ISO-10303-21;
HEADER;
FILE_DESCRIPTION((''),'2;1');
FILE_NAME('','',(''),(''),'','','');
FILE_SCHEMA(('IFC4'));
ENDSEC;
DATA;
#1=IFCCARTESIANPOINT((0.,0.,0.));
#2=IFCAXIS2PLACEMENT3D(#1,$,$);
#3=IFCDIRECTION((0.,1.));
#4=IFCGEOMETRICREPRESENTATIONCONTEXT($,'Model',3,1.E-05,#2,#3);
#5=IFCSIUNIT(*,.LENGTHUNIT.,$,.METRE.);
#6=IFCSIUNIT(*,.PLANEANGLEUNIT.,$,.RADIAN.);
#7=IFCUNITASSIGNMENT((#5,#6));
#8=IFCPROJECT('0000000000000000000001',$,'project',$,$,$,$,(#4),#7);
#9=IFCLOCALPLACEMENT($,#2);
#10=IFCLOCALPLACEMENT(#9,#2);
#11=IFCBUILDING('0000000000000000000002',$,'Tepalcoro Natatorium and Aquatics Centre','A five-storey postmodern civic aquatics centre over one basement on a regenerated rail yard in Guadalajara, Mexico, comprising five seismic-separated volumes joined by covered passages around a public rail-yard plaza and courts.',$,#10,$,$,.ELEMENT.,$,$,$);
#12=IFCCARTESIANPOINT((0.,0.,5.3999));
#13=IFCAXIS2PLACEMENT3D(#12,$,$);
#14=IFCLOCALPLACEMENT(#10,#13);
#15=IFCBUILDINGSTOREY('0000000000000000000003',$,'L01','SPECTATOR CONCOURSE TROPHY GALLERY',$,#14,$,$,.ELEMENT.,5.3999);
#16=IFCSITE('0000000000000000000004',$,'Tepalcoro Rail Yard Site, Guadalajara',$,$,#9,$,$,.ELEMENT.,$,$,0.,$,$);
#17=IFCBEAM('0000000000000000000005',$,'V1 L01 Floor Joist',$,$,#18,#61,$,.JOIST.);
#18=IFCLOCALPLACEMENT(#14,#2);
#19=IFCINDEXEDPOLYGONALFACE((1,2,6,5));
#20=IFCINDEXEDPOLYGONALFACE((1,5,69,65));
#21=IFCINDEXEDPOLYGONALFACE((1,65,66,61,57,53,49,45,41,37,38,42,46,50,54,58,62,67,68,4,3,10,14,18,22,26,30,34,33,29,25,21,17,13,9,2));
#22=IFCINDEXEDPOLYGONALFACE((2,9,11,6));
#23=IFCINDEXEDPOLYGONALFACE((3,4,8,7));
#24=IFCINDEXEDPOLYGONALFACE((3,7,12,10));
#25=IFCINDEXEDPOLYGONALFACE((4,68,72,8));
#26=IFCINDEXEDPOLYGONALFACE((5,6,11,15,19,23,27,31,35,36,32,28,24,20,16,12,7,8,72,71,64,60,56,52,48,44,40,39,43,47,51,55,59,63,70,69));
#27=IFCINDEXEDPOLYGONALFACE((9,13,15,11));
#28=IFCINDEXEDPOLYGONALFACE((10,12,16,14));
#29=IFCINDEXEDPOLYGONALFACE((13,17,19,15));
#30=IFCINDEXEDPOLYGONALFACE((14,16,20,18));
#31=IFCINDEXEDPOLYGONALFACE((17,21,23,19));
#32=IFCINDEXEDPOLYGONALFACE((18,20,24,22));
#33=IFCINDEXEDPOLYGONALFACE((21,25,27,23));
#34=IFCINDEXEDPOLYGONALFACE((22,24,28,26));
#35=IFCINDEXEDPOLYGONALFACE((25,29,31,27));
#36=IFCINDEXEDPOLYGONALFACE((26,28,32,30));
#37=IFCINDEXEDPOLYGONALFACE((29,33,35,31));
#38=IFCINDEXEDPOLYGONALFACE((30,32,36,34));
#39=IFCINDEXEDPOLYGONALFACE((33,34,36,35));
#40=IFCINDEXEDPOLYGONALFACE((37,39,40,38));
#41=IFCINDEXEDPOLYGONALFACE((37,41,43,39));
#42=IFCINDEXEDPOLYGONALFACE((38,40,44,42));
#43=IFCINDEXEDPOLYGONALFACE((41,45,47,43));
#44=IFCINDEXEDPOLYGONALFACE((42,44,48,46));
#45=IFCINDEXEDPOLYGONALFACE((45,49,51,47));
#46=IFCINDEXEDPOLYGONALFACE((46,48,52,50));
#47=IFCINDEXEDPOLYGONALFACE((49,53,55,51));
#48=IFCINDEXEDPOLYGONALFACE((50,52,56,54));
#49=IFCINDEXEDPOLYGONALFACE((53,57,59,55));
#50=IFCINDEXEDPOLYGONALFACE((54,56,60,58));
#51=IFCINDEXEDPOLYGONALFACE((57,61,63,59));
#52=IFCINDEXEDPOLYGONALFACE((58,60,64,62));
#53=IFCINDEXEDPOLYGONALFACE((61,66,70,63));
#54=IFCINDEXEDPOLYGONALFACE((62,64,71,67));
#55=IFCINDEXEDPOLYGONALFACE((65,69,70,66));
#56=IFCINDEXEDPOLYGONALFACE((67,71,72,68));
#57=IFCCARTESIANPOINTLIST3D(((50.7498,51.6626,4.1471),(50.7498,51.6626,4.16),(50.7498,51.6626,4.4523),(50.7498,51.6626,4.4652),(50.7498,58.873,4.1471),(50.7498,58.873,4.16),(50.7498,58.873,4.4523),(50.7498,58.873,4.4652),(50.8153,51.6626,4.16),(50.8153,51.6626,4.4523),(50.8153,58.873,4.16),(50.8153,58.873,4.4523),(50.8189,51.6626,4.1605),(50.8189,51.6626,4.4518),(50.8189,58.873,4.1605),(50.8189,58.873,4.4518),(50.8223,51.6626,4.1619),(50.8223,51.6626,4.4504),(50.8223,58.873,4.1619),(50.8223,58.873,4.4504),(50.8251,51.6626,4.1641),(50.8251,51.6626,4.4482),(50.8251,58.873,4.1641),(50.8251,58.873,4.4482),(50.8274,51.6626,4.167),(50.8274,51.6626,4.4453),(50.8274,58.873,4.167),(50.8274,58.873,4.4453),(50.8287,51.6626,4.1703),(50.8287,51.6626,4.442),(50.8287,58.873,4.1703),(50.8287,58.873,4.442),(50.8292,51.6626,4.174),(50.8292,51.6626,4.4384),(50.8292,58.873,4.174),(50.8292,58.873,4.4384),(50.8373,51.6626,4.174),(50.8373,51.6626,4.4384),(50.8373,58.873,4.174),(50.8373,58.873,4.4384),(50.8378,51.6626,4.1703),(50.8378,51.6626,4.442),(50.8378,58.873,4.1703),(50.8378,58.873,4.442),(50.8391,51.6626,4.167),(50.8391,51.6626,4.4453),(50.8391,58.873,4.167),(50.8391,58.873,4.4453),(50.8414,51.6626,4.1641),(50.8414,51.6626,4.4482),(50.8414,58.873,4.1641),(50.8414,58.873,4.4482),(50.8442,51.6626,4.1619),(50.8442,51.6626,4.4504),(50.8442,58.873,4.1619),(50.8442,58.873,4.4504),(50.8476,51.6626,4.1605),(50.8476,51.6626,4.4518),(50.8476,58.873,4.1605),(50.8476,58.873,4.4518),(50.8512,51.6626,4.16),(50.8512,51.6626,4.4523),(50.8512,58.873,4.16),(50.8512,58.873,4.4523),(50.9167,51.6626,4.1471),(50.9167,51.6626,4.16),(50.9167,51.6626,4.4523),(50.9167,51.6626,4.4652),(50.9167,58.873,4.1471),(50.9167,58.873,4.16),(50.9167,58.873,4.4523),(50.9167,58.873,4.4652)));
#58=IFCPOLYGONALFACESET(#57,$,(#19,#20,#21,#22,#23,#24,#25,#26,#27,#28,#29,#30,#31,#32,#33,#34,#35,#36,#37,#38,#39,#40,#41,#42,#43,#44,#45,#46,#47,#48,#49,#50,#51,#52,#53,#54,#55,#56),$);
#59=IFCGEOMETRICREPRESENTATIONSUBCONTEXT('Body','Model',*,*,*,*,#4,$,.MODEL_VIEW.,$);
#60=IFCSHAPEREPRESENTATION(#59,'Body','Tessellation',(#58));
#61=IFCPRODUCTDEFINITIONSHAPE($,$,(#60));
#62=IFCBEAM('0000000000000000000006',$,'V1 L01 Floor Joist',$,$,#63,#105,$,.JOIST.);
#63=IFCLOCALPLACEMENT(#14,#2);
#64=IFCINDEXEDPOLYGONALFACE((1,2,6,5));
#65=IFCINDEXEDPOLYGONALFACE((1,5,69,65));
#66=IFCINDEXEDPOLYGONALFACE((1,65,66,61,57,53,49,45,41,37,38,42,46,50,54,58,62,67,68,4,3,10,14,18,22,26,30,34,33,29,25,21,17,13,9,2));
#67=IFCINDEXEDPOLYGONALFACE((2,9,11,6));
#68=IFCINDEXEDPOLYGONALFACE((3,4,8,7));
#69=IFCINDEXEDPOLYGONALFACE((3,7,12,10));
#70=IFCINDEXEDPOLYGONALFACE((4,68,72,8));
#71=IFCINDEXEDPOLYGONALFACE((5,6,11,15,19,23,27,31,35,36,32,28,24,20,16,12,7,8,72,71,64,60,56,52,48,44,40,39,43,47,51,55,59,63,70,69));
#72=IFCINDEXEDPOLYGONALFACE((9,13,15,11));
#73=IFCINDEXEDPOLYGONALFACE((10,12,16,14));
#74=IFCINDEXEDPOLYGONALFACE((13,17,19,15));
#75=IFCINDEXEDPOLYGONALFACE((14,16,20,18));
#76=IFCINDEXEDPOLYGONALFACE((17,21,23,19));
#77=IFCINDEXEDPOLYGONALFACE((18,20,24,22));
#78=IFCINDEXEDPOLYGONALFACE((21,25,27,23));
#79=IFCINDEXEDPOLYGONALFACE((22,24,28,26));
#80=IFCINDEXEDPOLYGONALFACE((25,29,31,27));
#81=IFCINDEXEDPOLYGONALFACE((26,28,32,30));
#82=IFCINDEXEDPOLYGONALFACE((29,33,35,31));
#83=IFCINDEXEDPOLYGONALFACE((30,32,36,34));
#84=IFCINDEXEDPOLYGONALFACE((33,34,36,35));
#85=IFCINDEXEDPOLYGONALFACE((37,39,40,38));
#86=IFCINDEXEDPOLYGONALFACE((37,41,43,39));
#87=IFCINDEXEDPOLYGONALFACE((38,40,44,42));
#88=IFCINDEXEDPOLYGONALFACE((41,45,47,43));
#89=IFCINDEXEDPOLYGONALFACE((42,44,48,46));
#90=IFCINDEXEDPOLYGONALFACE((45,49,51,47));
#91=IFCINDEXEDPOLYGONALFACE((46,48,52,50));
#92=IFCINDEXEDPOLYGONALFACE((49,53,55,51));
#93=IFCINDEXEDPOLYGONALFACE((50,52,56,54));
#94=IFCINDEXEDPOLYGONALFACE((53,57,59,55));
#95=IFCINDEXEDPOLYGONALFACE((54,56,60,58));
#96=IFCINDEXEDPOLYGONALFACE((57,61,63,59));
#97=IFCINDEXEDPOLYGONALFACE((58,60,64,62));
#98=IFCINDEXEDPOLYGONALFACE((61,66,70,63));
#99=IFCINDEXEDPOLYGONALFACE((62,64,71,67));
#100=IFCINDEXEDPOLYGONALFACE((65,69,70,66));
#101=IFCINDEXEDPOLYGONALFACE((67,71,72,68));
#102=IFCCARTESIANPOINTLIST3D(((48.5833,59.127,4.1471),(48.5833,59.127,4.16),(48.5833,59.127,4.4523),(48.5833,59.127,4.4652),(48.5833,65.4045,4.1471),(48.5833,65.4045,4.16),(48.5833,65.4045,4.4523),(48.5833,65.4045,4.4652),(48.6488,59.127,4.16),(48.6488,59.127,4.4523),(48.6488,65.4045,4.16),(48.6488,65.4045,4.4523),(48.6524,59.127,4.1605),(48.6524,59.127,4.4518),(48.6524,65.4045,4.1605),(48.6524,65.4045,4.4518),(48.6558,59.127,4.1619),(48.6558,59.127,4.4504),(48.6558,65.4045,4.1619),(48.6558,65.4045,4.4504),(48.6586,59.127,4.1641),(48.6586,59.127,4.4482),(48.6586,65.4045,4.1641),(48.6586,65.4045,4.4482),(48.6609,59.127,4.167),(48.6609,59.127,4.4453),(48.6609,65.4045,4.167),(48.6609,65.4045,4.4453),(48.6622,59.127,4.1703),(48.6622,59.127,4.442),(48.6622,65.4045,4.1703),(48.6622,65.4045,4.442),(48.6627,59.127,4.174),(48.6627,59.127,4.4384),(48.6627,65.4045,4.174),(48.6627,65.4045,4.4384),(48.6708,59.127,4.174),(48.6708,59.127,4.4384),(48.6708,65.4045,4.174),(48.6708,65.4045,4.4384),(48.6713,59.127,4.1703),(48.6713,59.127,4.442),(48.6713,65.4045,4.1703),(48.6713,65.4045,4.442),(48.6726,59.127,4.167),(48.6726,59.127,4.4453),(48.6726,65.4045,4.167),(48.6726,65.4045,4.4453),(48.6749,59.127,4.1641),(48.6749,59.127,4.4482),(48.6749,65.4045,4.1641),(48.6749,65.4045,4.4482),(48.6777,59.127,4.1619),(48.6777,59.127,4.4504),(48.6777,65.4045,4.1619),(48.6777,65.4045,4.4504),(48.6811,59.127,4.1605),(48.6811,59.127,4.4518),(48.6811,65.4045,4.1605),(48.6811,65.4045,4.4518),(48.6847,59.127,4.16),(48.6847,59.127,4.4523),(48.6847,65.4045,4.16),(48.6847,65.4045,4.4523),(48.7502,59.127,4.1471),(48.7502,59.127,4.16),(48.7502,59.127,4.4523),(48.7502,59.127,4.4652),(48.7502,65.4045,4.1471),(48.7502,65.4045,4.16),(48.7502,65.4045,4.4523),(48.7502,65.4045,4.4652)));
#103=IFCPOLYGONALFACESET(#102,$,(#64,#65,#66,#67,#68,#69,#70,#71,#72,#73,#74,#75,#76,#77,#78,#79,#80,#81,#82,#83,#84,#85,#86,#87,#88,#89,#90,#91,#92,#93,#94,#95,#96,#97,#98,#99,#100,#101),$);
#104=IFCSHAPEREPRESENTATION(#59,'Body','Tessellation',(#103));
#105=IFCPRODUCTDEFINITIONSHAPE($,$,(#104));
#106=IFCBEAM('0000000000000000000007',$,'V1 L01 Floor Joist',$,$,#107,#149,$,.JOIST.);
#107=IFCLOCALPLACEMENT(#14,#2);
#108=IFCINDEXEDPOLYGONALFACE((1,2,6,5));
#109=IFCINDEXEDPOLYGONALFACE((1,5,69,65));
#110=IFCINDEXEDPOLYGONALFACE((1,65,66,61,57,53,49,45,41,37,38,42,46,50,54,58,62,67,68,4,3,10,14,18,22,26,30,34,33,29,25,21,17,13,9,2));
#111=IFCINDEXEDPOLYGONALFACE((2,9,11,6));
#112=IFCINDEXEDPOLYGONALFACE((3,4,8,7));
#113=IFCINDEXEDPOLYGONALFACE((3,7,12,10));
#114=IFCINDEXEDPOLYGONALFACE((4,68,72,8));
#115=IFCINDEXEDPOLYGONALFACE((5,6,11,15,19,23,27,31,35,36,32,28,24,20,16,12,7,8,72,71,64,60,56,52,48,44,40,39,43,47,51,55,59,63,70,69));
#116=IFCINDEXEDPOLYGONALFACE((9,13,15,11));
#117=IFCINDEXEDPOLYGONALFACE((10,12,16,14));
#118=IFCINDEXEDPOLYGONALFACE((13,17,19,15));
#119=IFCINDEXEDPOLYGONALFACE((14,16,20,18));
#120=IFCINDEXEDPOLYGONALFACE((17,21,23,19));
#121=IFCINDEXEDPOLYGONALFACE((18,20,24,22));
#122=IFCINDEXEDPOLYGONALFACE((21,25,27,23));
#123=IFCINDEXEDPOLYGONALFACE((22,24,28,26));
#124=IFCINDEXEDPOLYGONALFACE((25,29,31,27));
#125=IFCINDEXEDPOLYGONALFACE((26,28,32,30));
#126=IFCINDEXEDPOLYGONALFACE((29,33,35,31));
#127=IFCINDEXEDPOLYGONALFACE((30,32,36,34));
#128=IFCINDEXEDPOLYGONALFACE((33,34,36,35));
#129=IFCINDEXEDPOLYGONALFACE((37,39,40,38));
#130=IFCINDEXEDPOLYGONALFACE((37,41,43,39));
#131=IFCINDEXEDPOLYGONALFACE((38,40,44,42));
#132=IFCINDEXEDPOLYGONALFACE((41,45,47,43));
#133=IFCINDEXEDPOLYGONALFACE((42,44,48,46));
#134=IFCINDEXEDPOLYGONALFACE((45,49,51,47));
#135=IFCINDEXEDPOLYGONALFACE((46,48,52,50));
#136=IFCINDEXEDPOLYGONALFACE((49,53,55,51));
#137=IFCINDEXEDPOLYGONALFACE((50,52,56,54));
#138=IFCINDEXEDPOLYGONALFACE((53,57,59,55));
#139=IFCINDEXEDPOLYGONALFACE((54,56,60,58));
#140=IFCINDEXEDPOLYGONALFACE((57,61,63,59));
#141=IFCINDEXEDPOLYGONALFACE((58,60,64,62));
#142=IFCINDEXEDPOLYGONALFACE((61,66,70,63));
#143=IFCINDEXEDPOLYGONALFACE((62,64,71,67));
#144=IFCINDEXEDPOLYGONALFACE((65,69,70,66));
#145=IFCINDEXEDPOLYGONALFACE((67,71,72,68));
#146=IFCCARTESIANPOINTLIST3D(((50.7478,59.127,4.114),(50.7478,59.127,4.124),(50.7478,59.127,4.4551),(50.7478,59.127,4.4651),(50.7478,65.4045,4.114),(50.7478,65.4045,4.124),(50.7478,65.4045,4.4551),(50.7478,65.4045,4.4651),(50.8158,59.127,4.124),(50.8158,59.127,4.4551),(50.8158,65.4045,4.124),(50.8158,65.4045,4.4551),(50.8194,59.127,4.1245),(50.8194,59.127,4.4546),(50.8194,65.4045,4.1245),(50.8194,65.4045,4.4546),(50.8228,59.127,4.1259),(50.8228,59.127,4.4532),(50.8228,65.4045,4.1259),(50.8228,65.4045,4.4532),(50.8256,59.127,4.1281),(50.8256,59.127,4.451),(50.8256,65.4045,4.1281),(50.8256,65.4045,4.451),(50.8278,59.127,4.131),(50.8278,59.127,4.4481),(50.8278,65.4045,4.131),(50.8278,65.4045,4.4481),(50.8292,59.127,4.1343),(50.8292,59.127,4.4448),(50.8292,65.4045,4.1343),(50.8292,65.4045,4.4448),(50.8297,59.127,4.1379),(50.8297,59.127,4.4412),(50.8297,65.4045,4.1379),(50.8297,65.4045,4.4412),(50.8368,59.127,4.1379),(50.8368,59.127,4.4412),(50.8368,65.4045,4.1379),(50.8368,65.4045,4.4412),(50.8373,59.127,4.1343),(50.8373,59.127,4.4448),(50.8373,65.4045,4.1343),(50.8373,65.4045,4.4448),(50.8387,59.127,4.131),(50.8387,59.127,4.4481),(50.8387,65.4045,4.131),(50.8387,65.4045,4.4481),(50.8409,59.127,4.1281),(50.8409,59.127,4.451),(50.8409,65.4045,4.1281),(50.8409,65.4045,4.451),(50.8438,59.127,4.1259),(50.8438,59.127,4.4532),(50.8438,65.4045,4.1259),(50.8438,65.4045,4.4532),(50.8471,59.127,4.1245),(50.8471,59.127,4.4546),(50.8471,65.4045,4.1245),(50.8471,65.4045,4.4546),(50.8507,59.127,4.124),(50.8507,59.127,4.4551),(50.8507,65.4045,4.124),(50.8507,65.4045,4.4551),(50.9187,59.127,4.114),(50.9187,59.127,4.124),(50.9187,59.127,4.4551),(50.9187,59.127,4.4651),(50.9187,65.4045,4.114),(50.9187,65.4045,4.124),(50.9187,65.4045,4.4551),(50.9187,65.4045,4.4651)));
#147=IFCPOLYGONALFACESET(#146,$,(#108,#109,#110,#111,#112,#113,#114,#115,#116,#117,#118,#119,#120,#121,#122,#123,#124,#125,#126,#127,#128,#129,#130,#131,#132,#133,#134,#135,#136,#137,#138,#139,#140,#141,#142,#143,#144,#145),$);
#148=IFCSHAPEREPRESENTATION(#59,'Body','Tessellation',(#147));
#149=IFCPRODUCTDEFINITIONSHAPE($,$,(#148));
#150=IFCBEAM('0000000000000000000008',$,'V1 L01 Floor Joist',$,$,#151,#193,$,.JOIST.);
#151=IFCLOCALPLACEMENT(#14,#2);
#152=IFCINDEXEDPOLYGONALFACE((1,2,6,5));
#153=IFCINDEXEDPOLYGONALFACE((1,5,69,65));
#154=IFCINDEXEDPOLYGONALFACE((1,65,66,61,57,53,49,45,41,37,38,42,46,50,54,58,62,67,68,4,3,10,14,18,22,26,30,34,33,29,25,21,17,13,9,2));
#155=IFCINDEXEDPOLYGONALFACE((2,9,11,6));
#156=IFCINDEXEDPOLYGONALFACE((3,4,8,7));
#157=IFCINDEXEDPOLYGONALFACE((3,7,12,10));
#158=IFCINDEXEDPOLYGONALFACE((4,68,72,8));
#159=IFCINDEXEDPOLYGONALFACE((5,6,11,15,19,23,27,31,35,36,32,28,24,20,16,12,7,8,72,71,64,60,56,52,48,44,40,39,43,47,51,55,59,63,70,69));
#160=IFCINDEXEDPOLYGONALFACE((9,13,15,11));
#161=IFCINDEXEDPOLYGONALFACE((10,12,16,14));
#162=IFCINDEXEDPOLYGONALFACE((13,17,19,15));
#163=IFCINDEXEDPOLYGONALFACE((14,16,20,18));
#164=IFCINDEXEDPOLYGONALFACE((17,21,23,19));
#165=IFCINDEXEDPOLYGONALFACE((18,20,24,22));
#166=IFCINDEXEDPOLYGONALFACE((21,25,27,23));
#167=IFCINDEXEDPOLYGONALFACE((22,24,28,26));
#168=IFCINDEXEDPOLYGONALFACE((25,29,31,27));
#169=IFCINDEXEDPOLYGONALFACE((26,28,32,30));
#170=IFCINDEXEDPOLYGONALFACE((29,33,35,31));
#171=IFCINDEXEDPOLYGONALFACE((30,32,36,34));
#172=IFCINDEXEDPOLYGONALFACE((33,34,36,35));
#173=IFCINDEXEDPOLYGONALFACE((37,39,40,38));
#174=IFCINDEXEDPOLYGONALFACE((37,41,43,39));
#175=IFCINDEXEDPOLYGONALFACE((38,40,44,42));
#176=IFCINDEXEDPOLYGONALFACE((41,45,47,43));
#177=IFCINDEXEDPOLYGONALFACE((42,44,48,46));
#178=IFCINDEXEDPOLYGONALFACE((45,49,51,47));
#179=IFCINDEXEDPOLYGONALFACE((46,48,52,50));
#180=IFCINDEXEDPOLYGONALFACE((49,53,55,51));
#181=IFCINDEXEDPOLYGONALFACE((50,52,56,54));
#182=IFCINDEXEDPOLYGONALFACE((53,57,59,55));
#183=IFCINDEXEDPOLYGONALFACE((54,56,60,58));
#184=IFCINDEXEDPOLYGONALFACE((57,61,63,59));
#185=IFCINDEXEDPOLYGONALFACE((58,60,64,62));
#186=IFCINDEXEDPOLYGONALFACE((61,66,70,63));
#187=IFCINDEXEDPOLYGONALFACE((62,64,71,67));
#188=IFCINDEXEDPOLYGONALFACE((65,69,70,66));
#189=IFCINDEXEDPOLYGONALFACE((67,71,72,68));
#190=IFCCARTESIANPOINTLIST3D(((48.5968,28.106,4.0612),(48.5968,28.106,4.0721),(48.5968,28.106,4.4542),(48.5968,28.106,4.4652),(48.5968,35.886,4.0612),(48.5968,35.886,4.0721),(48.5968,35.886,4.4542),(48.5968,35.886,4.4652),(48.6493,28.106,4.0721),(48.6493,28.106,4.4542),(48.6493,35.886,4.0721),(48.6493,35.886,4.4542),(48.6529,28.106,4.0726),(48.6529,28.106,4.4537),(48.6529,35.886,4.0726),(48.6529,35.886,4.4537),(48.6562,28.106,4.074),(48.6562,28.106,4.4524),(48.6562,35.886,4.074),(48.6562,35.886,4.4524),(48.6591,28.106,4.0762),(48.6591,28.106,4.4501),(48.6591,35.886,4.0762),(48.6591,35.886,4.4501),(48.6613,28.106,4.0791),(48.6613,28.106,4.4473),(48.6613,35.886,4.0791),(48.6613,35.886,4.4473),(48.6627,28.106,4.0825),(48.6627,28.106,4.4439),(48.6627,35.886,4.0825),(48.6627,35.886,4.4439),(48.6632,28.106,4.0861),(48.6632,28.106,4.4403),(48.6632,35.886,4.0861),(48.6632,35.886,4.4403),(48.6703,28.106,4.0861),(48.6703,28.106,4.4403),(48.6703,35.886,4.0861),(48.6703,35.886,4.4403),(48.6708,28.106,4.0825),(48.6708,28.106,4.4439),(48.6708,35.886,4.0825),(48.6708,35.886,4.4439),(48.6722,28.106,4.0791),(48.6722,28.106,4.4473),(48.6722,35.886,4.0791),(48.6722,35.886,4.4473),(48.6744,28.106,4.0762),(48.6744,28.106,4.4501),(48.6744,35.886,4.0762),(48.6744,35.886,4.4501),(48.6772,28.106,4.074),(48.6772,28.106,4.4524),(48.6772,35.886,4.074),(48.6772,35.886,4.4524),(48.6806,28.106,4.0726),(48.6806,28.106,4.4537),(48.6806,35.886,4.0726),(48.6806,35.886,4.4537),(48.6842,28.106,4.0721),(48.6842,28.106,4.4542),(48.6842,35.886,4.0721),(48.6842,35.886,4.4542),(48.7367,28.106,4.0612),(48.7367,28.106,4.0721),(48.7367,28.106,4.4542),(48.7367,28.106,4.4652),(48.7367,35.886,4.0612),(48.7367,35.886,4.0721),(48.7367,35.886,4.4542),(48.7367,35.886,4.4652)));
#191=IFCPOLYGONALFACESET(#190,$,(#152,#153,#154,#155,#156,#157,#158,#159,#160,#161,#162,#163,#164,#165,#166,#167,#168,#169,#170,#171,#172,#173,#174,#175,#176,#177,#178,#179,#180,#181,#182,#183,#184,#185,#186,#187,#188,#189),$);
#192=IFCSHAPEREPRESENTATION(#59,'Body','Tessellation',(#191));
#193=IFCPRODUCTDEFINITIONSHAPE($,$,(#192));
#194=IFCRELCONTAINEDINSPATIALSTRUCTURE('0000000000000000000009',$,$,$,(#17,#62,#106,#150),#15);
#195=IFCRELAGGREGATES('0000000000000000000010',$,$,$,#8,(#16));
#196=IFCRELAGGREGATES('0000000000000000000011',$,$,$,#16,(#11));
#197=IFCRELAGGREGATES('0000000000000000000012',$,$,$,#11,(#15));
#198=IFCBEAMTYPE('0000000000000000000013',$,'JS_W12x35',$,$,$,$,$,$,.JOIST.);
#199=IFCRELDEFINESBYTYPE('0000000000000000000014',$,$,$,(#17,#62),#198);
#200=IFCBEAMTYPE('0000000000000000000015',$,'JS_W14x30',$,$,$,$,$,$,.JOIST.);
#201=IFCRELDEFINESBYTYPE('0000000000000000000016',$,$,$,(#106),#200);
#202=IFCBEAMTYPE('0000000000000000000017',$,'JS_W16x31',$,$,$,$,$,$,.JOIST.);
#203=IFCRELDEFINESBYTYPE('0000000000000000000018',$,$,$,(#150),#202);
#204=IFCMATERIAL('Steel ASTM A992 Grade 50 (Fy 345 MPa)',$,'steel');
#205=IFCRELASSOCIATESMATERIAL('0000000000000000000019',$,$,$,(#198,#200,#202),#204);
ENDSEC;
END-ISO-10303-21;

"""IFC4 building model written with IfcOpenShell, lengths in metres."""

from ifc_helpers import new_model, si_unit, direction, frame, origin, origin_2d, place, context, subcontext, project, spatial, i_section, extrude, material, material_profile, profile_set, type_object, element, save


model = new_model("IFC4")

# Units and contexts
model_context = context("Model", 3, precision=1e-05, world=origin(), true_north=direction((0.0, 1.0)))
body_context = subcontext(model_context, "Body", "Model", "MODEL_VIEW")
ifc_project = project(units=[si_unit("LENGTHUNIT", "METRE"), si_unit("PLANEANGLEUNIT", "RADIAN")], contexts=[model_context])

# Site, building, storey
site_placement = place(None, origin())
site = spatial("IfcSite", under=ifc_project, at=site_placement, Name="Tepalcoro Rail Yard Site, Guadalajara", CompositionType="ELEMENT", RefElevation=0.0)
building_placement = place(site_placement, origin())
building = spatial("IfcBuilding", under=site, at=building_placement, Name="Tepalcoro Natatorium and Aquatics Centre", Description="A five-storey postmodern civic aquatics centre over one basement on a regenerated rail yard in Guadalajara, Mexico, comprising five seismic-separated volumes joined by covered passages around a public rail-yard plaza and courts.", CompositionType="ELEMENT")
storey_placement = place(building_placement, frame((0.0, 0.0, 5.3999)))
storey = spatial("IfcBuildingStorey", under=building, at=storey_placement, Name="L01", Description="SPECTATOR CONCOURSE TROPHY GALLERY", CompositionType="ELEMENT", Elevation=5.3999)

# Beams
ifc_material_1 = material(Name="Steel ASTM A992 Grade 50 (Fy 345 MPa)", Category="steel")
ifc_material_profile_1 = material_profile(ifc_material_1, i_section(OverallWidth=0.167, OverallDepth=0.3181, WebThickness=0.0081, FlangeThickness=0.0129, FilletRadius=0.0139, at=origin_2d()), Name="W12X35")
ifc_profile_set_1 = profile_set([ifc_material_profile_1], Name="Steel ASTM A992 Grade 50 (Fy 345 MPa)")
beam_type_1 = type_object("IfcBeamType", Name="JS_W12x35", PredefinedType="JOIST", material=ifc_profile_set_1)
beam_1_placement = place(storey_placement, frame((50.8333, 51.6626, 4.3062), z_axis=(0.0, 1.0, 0.0), x_axis=(-1.0, 0.0, 0.0)))
element("IfcBeam", 1, at=beam_1_placement, inside=storey, type_object=beam_type_1, Name="V1 L01 Floor Joist", PredefinedType="JOIST", context=body_context, shape_type="SweptSolid", body=[
    extrude(i_section(OverallWidth=0.167, OverallDepth=0.3181, WebThickness=0.0081, FlangeThickness=0.0129, FilletRadius=0.0139, at=origin_2d()), origin(), (0.0, 0.0, 1.0), 7.2104),
])
beam_2_placement = place(storey_placement, frame((48.6667, 59.127, 4.3062), z_axis=(0.0, 1.0, 0.0), x_axis=(-1.0, 0.0, 0.0)))
element("IfcBeam", 2, at=beam_2_placement, inside=storey, type_object=beam_type_1, Name="V1 L01 Floor Joist", PredefinedType="JOIST", context=body_context, shape_type="SweptSolid", body=[
    extrude(i_section(OverallWidth=0.167, OverallDepth=0.3181, WebThickness=0.0081, FlangeThickness=0.0129, FilletRadius=0.0139, at=origin_2d()), origin(), (0.0, 0.0, 1.0), 6.2776),
])
ifc_material_profile_2 = material_profile(ifc_material_1, i_section(OverallWidth=0.1709, OverallDepth=0.3511, WebThickness=0.0071, FlangeThickness=0.01, FilletRadius=0.0139, at=origin_2d()), Name="W14X30")
ifc_profile_set_2 = profile_set([ifc_material_profile_2], Name="Steel ASTM A992 Grade 50 (Fy 345 MPa)")
beam_type_2 = type_object("IfcBeamType", Name="JS_W14x30", PredefinedType="JOIST", material=ifc_profile_set_2)
beam_3_placement = place(storey_placement, frame((50.8333, 59.127, 4.2896), z_axis=(0.0, 1.0, 0.0), x_axis=(-1.0, 0.0, 0.0)))
element("IfcBeam", 3, at=beam_3_placement, inside=storey, type_object=beam_type_2, Name="V1 L01 Floor Joist", PredefinedType="JOIST", context=body_context, shape_type="SweptSolid", body=[
    extrude(i_section(OverallWidth=0.1709, OverallDepth=0.3511, WebThickness=0.0071, FlangeThickness=0.01, FilletRadius=0.0139, at=origin_2d()), origin(), (0.0, 0.0, 1.0), 6.2776),
])
ifc_material_profile_3 = material_profile(ifc_material_1, i_section(OverallWidth=0.1399, OverallDepth=0.4041, WebThickness=0.0071, FlangeThickness=0.011, FilletRadius=0.0139, at=origin_2d()), Name="W16X31")
ifc_profile_set_3 = profile_set([ifc_material_profile_3], Name="Steel ASTM A992 Grade 50 (Fy 345 MPa)")
beam_type_3 = type_object("IfcBeamType", Name="JS_W16x31", PredefinedType="JOIST", material=ifc_profile_set_3)
beam_4_placement = place(storey_placement, frame((48.6667, 28.106, 4.2632), z_axis=(0.0, 1.0, 0.0), x_axis=(-1.0, 0.0, 0.0)))
element("IfcBeam", 4, at=beam_4_placement, inside=storey, type_object=beam_type_3, Name="V1 L01 Floor Joist", PredefinedType="JOIST", context=body_context, shape_type="SweptSolid", body=[
    extrude(i_section(OverallWidth=0.1399, OverallDepth=0.4041, WebThickness=0.0071, FlangeThickness=0.011, FilletRadius=0.0139, at=origin_2d()), origin(), (0.0, 0.0, 1.0), 7.78),
])

save(model, "model.ifc")
